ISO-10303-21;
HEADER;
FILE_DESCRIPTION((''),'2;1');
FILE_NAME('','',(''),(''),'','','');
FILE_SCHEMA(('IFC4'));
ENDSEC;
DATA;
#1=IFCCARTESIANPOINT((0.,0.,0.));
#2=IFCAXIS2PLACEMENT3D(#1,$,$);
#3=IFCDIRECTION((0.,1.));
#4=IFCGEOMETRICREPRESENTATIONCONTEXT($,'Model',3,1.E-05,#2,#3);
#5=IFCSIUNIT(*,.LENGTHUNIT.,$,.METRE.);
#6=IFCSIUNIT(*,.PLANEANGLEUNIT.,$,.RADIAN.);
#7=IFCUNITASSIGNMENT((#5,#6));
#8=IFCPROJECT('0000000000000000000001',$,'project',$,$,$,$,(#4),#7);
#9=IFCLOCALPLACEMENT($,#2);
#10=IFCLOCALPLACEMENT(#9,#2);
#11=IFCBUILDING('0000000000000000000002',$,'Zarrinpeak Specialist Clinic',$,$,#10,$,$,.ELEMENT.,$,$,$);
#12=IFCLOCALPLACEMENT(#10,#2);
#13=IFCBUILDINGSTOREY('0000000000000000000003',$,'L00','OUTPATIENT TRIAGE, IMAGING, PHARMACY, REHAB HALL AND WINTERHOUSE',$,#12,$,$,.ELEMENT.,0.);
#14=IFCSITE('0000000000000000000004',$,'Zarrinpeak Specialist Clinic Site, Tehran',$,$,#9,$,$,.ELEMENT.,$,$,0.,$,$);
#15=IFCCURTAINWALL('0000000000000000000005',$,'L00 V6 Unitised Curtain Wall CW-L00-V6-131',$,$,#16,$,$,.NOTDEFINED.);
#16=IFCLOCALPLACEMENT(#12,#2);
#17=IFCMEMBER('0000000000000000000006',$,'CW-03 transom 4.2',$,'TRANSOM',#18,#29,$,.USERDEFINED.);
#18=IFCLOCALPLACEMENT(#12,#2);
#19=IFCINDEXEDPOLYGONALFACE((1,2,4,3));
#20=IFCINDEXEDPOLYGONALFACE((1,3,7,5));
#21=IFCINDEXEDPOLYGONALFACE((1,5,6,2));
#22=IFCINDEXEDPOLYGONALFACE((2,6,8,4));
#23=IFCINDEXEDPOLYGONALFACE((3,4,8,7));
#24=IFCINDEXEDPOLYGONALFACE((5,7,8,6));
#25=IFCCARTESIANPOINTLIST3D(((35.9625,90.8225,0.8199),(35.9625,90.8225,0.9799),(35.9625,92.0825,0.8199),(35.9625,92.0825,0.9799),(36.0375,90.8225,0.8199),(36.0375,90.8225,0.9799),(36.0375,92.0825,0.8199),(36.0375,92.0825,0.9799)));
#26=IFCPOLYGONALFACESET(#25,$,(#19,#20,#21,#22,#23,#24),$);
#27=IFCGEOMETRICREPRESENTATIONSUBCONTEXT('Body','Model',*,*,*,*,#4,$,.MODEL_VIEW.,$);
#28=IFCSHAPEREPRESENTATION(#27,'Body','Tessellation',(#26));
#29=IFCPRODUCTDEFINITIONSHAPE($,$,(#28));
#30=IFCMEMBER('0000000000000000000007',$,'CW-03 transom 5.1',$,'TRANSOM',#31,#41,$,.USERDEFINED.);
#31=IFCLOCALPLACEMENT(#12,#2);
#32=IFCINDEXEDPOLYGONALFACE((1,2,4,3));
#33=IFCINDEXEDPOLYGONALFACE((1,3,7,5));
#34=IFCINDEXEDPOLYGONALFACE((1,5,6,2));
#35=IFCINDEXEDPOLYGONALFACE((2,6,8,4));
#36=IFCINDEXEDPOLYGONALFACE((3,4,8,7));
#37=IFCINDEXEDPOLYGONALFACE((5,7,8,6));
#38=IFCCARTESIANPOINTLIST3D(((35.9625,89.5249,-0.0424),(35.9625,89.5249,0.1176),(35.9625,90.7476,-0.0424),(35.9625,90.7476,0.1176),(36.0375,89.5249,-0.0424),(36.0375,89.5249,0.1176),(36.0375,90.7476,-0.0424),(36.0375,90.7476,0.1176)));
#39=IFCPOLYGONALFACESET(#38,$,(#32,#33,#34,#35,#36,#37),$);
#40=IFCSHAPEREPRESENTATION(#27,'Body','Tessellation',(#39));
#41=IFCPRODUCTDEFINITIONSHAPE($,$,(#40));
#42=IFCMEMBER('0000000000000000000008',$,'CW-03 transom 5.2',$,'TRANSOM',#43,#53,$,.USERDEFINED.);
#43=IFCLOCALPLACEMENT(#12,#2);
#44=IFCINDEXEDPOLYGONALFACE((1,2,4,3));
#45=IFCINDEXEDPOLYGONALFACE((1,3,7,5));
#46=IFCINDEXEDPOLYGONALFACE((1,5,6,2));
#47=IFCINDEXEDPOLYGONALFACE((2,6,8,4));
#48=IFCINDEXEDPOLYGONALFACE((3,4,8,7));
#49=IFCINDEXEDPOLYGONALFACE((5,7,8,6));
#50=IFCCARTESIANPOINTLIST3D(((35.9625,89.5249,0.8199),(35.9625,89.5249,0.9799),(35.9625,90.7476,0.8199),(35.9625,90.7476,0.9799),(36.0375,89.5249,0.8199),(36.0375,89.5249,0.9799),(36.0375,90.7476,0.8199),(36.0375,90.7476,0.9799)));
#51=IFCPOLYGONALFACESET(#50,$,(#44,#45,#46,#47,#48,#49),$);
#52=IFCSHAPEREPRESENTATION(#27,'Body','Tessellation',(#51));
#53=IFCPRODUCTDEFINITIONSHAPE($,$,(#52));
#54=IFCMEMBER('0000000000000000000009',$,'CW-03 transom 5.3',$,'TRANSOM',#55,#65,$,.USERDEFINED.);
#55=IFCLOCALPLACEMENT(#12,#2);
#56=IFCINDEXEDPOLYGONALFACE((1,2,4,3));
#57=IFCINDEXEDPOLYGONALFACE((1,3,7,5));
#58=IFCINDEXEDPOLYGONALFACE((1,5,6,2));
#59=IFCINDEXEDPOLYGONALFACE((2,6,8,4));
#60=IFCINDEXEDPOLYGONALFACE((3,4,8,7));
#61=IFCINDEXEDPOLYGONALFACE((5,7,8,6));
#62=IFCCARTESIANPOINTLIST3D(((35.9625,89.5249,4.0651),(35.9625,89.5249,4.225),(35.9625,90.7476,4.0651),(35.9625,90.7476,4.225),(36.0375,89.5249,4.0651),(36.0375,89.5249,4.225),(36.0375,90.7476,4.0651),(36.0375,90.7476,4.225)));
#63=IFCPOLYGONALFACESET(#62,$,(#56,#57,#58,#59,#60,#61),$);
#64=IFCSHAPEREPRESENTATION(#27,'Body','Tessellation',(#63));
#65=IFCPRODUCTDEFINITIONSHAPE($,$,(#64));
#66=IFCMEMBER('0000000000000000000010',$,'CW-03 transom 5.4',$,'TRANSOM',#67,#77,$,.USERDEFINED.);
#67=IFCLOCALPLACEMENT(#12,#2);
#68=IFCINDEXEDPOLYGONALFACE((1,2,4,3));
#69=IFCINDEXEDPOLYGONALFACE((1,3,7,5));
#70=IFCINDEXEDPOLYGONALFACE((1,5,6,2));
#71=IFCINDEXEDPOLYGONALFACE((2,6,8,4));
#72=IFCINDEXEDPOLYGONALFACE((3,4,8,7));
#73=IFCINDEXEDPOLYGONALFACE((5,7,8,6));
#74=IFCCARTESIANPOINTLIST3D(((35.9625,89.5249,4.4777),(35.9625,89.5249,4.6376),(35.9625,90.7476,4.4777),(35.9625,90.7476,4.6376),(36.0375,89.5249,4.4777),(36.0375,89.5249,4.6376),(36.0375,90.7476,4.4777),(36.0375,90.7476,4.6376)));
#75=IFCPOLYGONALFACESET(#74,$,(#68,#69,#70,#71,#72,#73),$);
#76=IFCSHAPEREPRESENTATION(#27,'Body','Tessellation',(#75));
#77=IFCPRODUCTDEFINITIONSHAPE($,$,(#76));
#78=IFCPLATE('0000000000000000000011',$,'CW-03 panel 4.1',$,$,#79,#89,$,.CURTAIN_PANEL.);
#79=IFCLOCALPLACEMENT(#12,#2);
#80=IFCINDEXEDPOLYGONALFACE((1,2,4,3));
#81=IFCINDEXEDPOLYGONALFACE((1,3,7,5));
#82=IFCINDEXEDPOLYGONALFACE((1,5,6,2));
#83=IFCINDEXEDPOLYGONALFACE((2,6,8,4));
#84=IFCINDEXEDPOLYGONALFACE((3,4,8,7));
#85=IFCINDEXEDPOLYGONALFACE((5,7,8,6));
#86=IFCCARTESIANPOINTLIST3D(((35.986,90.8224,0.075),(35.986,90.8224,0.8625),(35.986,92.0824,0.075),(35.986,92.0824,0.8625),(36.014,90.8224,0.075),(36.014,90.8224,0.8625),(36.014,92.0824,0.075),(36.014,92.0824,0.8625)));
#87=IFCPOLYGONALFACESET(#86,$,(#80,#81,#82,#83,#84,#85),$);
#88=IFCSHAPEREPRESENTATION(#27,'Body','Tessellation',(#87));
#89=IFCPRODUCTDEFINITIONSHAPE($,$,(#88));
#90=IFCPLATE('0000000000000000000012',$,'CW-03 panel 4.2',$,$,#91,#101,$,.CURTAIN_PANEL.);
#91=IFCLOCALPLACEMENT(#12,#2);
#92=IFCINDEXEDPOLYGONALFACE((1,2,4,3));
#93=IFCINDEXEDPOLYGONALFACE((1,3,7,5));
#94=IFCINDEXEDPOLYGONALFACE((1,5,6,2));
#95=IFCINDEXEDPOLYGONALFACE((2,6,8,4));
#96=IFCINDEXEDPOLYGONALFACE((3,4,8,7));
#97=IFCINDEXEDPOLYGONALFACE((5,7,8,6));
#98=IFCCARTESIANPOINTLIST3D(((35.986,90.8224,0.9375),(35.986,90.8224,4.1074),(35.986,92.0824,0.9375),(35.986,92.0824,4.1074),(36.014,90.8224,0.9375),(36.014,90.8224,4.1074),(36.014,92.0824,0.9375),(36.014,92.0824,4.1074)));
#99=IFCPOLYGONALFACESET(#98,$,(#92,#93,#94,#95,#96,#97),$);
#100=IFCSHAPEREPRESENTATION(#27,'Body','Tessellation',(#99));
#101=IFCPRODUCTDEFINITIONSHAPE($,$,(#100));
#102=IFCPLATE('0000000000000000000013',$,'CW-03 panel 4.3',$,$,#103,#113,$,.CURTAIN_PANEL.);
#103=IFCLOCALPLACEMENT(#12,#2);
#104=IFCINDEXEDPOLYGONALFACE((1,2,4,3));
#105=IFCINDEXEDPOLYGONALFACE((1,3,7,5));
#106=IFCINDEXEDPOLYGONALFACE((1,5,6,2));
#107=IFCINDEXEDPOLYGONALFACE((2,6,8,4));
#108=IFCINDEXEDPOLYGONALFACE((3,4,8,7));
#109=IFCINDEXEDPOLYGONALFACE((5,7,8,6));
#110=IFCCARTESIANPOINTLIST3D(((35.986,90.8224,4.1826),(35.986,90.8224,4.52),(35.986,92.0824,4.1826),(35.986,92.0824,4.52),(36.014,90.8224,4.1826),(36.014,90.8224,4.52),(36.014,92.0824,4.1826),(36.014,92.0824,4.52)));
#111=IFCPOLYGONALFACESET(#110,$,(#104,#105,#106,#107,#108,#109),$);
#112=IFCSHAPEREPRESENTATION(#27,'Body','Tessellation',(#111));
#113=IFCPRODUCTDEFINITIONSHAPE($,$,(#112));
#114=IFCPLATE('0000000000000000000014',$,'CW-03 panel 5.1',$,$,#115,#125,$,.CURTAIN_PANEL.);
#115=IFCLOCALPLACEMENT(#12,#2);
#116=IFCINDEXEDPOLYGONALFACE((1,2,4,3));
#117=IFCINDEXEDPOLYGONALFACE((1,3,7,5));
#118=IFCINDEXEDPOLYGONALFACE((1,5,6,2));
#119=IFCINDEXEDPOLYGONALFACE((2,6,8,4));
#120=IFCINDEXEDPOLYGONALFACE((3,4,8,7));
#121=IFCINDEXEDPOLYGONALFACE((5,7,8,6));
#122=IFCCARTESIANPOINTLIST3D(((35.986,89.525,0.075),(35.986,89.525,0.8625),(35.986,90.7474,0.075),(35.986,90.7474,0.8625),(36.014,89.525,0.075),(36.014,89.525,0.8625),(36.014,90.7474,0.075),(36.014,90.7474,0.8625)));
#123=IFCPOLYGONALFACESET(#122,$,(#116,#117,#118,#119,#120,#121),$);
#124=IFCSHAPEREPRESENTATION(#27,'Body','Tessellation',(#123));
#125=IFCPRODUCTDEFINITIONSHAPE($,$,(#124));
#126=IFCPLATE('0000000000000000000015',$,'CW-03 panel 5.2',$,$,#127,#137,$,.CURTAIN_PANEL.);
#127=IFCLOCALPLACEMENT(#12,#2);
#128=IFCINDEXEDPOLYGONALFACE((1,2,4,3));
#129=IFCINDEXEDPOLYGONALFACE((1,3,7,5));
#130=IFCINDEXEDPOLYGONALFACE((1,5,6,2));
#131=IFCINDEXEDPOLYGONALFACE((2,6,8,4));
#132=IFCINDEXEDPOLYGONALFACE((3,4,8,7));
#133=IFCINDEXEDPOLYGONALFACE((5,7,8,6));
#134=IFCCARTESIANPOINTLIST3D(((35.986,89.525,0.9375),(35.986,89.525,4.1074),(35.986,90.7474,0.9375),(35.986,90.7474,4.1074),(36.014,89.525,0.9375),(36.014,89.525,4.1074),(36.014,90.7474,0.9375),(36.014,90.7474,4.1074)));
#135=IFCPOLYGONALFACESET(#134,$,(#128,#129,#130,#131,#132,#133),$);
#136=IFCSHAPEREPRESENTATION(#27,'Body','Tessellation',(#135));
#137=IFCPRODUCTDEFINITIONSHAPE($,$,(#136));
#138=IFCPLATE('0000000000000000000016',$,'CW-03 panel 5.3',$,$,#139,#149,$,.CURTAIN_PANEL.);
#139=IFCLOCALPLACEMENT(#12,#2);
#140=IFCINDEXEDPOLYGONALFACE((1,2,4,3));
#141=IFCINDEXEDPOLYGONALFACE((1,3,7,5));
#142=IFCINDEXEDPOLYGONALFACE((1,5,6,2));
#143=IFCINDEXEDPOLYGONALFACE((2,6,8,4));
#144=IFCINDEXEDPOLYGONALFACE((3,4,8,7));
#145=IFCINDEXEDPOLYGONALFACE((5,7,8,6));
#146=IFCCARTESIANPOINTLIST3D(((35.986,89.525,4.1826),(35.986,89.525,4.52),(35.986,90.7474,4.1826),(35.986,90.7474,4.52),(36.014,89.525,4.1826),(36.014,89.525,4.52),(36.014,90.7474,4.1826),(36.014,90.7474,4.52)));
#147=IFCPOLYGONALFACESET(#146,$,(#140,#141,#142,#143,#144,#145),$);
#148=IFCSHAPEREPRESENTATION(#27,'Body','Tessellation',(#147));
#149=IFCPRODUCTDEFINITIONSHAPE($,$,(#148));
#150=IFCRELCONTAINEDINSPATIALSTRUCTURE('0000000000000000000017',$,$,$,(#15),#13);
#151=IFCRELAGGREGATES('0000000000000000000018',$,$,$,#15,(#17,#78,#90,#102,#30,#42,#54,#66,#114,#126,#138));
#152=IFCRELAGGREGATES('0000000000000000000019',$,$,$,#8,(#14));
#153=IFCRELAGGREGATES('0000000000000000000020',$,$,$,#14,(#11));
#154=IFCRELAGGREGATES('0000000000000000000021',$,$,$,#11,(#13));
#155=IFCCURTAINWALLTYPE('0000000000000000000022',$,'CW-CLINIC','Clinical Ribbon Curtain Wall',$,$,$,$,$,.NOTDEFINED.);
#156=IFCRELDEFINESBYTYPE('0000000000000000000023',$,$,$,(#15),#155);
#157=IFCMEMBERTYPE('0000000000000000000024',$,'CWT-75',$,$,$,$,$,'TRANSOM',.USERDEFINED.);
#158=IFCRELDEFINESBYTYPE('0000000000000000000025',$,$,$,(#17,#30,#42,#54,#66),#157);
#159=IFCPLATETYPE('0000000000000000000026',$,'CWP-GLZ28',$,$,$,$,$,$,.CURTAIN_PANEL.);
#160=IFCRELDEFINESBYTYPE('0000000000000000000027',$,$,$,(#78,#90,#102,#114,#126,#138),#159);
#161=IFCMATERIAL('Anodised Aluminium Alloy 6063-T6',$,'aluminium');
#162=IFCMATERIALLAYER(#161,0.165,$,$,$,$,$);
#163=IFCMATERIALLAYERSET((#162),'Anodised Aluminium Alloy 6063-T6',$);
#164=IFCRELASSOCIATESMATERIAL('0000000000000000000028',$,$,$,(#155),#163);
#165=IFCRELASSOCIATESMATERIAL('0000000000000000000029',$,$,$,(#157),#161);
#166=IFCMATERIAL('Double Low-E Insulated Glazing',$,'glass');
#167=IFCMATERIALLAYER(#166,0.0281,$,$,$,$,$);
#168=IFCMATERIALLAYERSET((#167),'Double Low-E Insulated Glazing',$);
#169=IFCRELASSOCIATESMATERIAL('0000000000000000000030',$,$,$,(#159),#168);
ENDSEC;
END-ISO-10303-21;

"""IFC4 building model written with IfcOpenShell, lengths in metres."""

from ifc_helpers import new_model, si_unit, direction, frame, origin, origin_2d, place, context, subcontext, project, spatial, rectangle, extrude, material, layer, layer_set, material_profile, profile_set, type_object, element, aggregate, save


model = new_model("IFC4")

# Units and contexts
model_context = context("Model", 3, precision=1e-05, world=origin(), true_north=direction((0.0, 1.0)))
body_context = subcontext(model_context, "Body", "Model", "MODEL_VIEW")
ifc_project = project(units=[si_unit("LENGTHUNIT", "METRE"), si_unit("PLANEANGLEUNIT", "RADIAN")], contexts=[model_context])

# Site, building, storey
site_placement = place(None, origin())
site = spatial("IfcSite", under=ifc_project, at=site_placement, Name="Zarrinpeak Specialist Clinic Site, Tehran", CompositionType="ELEMENT", RefElevation=0.0)
building_placement = place(site_placement, origin())
building = spatial("IfcBuilding", under=site, at=building_placement, Name="Zarrinpeak Specialist Clinic", CompositionType="ELEMENT")
storey_placement = place(building_placement, origin())
storey = spatial("IfcBuildingStorey", under=building, at=storey_placement, Name="L00", Description="OUTPATIENT TRIAGE, IMAGING, PHARMACY, REHAB HALL AND WINTERHOUSE", CompositionType="ELEMENT", Elevation=0.0)

# Curtain wall, members, plates
ifc_material_1 = material(Name="Anodised Aluminium Alloy 6063-T6", Category="aluminium")
ifc_layer_1 = layer(ifc_material_1, 0.165)
ifc_layer_set_1 = layer_set([ifc_layer_1], Name="Anodised Aluminium Alloy 6063-T6")
curtain_wall_type = type_object("IfcCurtainWallType", Name="CW-CLINIC", Description="Clinical Ribbon Curtain Wall", PredefinedType="NOTDEFINED", material=ifc_layer_set_1)
curtain_wall_placement = place(storey_placement, origin())
curtain_wall = element("IfcCurtainWall", 1, at=curtain_wall_placement, inside=storey, type_object=curtain_wall_type, Name="L00 V6 Unitised Curtain Wall CW-L00-V6-131", PredefinedType="NOTDEFINED")
ifc_material_profile_1 = material_profile(ifc_material_1, rectangle(XDim=0.075, YDim=0.1599, at=origin_2d()), Name="ALU 75x160")
ifc_profile_set_1 = profile_set([ifc_material_profile_1], Name="Anodised Aluminium Alloy 6063-T6")
member_type_1 = type_object("IfcMemberType", Name="CWT-75", ElementType="TRANSOM", PredefinedType="USERDEFINED", material=ifc_profile_set_1)
member_1_placement = place(storey_placement, frame((36.0, 92.0825, 0.8999), z_axis=(0.0, -1.0, 0.0), x_axis=(1.0, 0.0, 0.0)))
member_1 = element("IfcMember", 2, at=member_1_placement, type_object=member_type_1, Name="CW-03 transom 4.2", ObjectType="TRANSOM", PredefinedType="USERDEFINED", context=body_context, shape_type="SweptSolid", body=[
    extrude(rectangle(XDim=0.075, YDim=0.1599, at=origin_2d()), origin(), (0.0, 0.0, 1.0), 1.26),
])
member_2_placement = place(storey_placement, frame((36.0, 90.7476, 0.0376), z_axis=(0.0, -1.0, 0.0), x_axis=(1.0, 0.0, 0.0)))
member_2 = element("IfcMember", 3, at=member_2_placement, type_object=member_type_1, Name="CW-03 transom 5.1", ObjectType="TRANSOM", PredefinedType="USERDEFINED", context=body_context, shape_type="SweptSolid", body=[
    extrude(rectangle(XDim=0.075, YDim=0.1599, at=origin_2d()), origin(), (0.0, 0.0, 1.0), 1.2227),
])
member_3_placement = place(storey_placement, frame((36.0, 90.7476, 0.8999), z_axis=(0.0, -1.0, 0.0), x_axis=(1.0, 0.0, 0.0)))
member_3 = element("IfcMember", 4, at=member_3_placement, type_object=member_type_1, Name="CW-03 transom 5.2", ObjectType="TRANSOM", PredefinedType="USERDEFINED", context=body_context, shape_type="SweptSolid", body=[
    extrude(rectangle(XDim=0.075, YDim=0.1599, at=origin_2d()), origin(), (0.0, 0.0, 1.0), 1.2227),
])
member_4_placement = place(storey_placement, frame((36.0, 90.7476, 4.145), z_axis=(0.0, -1.0, 0.0), x_axis=(1.0, 0.0, 0.0)))
member_4 = element("IfcMember", 5, at=member_4_placement, type_object=member_type_1, Name="CW-03 transom 5.3", ObjectType="TRANSOM", PredefinedType="USERDEFINED", context=body_context, shape_type="SweptSolid", body=[
    extrude(rectangle(XDim=0.075, YDim=0.1599, at=origin_2d()), origin(), (0.0, 0.0, 1.0), 1.2227),
])
member_5_placement = place(storey_placement, frame((36.0, 90.7476, 4.5576), z_axis=(0.0, -1.0, 0.0), x_axis=(1.0, 0.0, 0.0)))
member_5 = element("IfcMember", 6, at=member_5_placement, type_object=member_type_1, Name="CW-03 transom 5.4", ObjectType="TRANSOM", PredefinedType="USERDEFINED", context=body_context, shape_type="SweptSolid", body=[
    extrude(rectangle(XDim=0.075, YDim=0.1599, at=origin_2d()), origin(), (0.0, 0.0, 1.0), 1.2227),
])
ifc_material_2 = material(Name="Double Low-E Insulated Glazing", Category="glass")
ifc_layer_2 = layer(ifc_material_2, 0.0281)
ifc_layer_set_2 = layer_set([ifc_layer_2], Name="Double Low-E Insulated Glazing")
plate_type = type_object("IfcPlateType", Name="CWP-GLZ28", PredefinedType="CURTAIN_PANEL", material=ifc_layer_set_2)
plate_1_placement = place(storey_placement, frame((36.0, 91.4524, 0.075), z_axis=(0.0, 0.0, 1.0), x_axis=(0.0, -1.0, 0.0)))
plate_1 = element("IfcPlate", 7, at=plate_1_placement, type_object=plate_type, Name="CW-03 panel 4.1", PredefinedType="CURTAIN_PANEL", context=body_context, shape_type="SweptSolid", body=[
    extrude(rectangle(XDim=1.26, YDim=0.0281, at=origin_2d()), origin(), (0.0, 0.0, 1.0), 0.7876),
])
plate_2_placement = place(storey_placement, frame((36.0, 91.4524, 0.9375), z_axis=(0.0, 0.0, 1.0), x_axis=(0.0, -1.0, 0.0)))
plate_2 = element("IfcPlate", 8, at=plate_2_placement, type_object=plate_type, Name="CW-03 panel 4.2", PredefinedType="CURTAIN_PANEL", context=body_context, shape_type="SweptSolid", body=[
    extrude(rectangle(XDim=1.26, YDim=0.0281, at=origin_2d()), origin(), (0.0, 0.0, 1.0), 3.1699),
])
plate_3_placement = place(storey_placement, frame((36.0, 91.4524, 4.1826), z_axis=(0.0, 0.0, 1.0), x_axis=(0.0, -1.0, 0.0)))
plate_3 = element("IfcPlate", 9, at=plate_3_placement, type_object=plate_type, Name="CW-03 panel 4.3", PredefinedType="CURTAIN_PANEL", context=body_context, shape_type="SweptSolid", body=[
    extrude(rectangle(XDim=1.26, YDim=0.0281, at=origin_2d()), origin(), (0.0, 0.0, 1.0), 0.3374),
])
plate_4_placement = place(storey_placement, frame((36.0, 90.1362, 0.075), z_axis=(0.0, 0.0, 1.0), x_axis=(0.0, -1.0, 0.0)))
plate_4 = element("IfcPlate", 10, at=plate_4_placement, type_object=plate_type, Name="CW-03 panel 5.1", PredefinedType="CURTAIN_PANEL", context=body_context, shape_type="SweptSolid", body=[
    extrude(rectangle(XDim=1.2224, YDim=0.0281, at=origin_2d()), origin(), (0.0, 0.0, 1.0), 0.7876),
])
plate_5_placement = place(storey_placement, frame((36.0, 90.1362, 0.9375), z_axis=(0.0, 0.0, 1.0), x_axis=(0.0, -1.0, 0.0)))
plate_5 = element("IfcPlate", 11, at=plate_5_placement, type_object=plate_type, Name="CW-03 panel 5.2", PredefinedType="CURTAIN_PANEL", context=body_context, shape_type="SweptSolid", body=[
    extrude(rectangle(XDim=1.2224, YDim=0.0281, at=origin_2d()), origin(), (0.0, 0.0, 1.0), 3.1699),
])
plate_6_placement = place(storey_placement, frame((36.0, 90.1362, 4.1826), z_axis=(0.0, 0.0, 1.0), x_axis=(0.0, -1.0, 0.0)))
plate_6 = element("IfcPlate", 12, at=plate_6_placement, type_object=plate_type, Name="CW-03 panel 5.3", PredefinedType="CURTAIN_PANEL", context=body_context, shape_type="SweptSolid", body=[
    extrude(rectangle(XDim=1.2224, YDim=0.0281, at=origin_2d()), origin(), (0.0, 0.0, 1.0), 0.3374),
])
aggregate(curtain_wall, [member_1, plate_1, plate_2, plate_3, member_2, member_3, member_4, member_5, plate_4, plate_5, plate_6])

save(model, "model.ifc")
